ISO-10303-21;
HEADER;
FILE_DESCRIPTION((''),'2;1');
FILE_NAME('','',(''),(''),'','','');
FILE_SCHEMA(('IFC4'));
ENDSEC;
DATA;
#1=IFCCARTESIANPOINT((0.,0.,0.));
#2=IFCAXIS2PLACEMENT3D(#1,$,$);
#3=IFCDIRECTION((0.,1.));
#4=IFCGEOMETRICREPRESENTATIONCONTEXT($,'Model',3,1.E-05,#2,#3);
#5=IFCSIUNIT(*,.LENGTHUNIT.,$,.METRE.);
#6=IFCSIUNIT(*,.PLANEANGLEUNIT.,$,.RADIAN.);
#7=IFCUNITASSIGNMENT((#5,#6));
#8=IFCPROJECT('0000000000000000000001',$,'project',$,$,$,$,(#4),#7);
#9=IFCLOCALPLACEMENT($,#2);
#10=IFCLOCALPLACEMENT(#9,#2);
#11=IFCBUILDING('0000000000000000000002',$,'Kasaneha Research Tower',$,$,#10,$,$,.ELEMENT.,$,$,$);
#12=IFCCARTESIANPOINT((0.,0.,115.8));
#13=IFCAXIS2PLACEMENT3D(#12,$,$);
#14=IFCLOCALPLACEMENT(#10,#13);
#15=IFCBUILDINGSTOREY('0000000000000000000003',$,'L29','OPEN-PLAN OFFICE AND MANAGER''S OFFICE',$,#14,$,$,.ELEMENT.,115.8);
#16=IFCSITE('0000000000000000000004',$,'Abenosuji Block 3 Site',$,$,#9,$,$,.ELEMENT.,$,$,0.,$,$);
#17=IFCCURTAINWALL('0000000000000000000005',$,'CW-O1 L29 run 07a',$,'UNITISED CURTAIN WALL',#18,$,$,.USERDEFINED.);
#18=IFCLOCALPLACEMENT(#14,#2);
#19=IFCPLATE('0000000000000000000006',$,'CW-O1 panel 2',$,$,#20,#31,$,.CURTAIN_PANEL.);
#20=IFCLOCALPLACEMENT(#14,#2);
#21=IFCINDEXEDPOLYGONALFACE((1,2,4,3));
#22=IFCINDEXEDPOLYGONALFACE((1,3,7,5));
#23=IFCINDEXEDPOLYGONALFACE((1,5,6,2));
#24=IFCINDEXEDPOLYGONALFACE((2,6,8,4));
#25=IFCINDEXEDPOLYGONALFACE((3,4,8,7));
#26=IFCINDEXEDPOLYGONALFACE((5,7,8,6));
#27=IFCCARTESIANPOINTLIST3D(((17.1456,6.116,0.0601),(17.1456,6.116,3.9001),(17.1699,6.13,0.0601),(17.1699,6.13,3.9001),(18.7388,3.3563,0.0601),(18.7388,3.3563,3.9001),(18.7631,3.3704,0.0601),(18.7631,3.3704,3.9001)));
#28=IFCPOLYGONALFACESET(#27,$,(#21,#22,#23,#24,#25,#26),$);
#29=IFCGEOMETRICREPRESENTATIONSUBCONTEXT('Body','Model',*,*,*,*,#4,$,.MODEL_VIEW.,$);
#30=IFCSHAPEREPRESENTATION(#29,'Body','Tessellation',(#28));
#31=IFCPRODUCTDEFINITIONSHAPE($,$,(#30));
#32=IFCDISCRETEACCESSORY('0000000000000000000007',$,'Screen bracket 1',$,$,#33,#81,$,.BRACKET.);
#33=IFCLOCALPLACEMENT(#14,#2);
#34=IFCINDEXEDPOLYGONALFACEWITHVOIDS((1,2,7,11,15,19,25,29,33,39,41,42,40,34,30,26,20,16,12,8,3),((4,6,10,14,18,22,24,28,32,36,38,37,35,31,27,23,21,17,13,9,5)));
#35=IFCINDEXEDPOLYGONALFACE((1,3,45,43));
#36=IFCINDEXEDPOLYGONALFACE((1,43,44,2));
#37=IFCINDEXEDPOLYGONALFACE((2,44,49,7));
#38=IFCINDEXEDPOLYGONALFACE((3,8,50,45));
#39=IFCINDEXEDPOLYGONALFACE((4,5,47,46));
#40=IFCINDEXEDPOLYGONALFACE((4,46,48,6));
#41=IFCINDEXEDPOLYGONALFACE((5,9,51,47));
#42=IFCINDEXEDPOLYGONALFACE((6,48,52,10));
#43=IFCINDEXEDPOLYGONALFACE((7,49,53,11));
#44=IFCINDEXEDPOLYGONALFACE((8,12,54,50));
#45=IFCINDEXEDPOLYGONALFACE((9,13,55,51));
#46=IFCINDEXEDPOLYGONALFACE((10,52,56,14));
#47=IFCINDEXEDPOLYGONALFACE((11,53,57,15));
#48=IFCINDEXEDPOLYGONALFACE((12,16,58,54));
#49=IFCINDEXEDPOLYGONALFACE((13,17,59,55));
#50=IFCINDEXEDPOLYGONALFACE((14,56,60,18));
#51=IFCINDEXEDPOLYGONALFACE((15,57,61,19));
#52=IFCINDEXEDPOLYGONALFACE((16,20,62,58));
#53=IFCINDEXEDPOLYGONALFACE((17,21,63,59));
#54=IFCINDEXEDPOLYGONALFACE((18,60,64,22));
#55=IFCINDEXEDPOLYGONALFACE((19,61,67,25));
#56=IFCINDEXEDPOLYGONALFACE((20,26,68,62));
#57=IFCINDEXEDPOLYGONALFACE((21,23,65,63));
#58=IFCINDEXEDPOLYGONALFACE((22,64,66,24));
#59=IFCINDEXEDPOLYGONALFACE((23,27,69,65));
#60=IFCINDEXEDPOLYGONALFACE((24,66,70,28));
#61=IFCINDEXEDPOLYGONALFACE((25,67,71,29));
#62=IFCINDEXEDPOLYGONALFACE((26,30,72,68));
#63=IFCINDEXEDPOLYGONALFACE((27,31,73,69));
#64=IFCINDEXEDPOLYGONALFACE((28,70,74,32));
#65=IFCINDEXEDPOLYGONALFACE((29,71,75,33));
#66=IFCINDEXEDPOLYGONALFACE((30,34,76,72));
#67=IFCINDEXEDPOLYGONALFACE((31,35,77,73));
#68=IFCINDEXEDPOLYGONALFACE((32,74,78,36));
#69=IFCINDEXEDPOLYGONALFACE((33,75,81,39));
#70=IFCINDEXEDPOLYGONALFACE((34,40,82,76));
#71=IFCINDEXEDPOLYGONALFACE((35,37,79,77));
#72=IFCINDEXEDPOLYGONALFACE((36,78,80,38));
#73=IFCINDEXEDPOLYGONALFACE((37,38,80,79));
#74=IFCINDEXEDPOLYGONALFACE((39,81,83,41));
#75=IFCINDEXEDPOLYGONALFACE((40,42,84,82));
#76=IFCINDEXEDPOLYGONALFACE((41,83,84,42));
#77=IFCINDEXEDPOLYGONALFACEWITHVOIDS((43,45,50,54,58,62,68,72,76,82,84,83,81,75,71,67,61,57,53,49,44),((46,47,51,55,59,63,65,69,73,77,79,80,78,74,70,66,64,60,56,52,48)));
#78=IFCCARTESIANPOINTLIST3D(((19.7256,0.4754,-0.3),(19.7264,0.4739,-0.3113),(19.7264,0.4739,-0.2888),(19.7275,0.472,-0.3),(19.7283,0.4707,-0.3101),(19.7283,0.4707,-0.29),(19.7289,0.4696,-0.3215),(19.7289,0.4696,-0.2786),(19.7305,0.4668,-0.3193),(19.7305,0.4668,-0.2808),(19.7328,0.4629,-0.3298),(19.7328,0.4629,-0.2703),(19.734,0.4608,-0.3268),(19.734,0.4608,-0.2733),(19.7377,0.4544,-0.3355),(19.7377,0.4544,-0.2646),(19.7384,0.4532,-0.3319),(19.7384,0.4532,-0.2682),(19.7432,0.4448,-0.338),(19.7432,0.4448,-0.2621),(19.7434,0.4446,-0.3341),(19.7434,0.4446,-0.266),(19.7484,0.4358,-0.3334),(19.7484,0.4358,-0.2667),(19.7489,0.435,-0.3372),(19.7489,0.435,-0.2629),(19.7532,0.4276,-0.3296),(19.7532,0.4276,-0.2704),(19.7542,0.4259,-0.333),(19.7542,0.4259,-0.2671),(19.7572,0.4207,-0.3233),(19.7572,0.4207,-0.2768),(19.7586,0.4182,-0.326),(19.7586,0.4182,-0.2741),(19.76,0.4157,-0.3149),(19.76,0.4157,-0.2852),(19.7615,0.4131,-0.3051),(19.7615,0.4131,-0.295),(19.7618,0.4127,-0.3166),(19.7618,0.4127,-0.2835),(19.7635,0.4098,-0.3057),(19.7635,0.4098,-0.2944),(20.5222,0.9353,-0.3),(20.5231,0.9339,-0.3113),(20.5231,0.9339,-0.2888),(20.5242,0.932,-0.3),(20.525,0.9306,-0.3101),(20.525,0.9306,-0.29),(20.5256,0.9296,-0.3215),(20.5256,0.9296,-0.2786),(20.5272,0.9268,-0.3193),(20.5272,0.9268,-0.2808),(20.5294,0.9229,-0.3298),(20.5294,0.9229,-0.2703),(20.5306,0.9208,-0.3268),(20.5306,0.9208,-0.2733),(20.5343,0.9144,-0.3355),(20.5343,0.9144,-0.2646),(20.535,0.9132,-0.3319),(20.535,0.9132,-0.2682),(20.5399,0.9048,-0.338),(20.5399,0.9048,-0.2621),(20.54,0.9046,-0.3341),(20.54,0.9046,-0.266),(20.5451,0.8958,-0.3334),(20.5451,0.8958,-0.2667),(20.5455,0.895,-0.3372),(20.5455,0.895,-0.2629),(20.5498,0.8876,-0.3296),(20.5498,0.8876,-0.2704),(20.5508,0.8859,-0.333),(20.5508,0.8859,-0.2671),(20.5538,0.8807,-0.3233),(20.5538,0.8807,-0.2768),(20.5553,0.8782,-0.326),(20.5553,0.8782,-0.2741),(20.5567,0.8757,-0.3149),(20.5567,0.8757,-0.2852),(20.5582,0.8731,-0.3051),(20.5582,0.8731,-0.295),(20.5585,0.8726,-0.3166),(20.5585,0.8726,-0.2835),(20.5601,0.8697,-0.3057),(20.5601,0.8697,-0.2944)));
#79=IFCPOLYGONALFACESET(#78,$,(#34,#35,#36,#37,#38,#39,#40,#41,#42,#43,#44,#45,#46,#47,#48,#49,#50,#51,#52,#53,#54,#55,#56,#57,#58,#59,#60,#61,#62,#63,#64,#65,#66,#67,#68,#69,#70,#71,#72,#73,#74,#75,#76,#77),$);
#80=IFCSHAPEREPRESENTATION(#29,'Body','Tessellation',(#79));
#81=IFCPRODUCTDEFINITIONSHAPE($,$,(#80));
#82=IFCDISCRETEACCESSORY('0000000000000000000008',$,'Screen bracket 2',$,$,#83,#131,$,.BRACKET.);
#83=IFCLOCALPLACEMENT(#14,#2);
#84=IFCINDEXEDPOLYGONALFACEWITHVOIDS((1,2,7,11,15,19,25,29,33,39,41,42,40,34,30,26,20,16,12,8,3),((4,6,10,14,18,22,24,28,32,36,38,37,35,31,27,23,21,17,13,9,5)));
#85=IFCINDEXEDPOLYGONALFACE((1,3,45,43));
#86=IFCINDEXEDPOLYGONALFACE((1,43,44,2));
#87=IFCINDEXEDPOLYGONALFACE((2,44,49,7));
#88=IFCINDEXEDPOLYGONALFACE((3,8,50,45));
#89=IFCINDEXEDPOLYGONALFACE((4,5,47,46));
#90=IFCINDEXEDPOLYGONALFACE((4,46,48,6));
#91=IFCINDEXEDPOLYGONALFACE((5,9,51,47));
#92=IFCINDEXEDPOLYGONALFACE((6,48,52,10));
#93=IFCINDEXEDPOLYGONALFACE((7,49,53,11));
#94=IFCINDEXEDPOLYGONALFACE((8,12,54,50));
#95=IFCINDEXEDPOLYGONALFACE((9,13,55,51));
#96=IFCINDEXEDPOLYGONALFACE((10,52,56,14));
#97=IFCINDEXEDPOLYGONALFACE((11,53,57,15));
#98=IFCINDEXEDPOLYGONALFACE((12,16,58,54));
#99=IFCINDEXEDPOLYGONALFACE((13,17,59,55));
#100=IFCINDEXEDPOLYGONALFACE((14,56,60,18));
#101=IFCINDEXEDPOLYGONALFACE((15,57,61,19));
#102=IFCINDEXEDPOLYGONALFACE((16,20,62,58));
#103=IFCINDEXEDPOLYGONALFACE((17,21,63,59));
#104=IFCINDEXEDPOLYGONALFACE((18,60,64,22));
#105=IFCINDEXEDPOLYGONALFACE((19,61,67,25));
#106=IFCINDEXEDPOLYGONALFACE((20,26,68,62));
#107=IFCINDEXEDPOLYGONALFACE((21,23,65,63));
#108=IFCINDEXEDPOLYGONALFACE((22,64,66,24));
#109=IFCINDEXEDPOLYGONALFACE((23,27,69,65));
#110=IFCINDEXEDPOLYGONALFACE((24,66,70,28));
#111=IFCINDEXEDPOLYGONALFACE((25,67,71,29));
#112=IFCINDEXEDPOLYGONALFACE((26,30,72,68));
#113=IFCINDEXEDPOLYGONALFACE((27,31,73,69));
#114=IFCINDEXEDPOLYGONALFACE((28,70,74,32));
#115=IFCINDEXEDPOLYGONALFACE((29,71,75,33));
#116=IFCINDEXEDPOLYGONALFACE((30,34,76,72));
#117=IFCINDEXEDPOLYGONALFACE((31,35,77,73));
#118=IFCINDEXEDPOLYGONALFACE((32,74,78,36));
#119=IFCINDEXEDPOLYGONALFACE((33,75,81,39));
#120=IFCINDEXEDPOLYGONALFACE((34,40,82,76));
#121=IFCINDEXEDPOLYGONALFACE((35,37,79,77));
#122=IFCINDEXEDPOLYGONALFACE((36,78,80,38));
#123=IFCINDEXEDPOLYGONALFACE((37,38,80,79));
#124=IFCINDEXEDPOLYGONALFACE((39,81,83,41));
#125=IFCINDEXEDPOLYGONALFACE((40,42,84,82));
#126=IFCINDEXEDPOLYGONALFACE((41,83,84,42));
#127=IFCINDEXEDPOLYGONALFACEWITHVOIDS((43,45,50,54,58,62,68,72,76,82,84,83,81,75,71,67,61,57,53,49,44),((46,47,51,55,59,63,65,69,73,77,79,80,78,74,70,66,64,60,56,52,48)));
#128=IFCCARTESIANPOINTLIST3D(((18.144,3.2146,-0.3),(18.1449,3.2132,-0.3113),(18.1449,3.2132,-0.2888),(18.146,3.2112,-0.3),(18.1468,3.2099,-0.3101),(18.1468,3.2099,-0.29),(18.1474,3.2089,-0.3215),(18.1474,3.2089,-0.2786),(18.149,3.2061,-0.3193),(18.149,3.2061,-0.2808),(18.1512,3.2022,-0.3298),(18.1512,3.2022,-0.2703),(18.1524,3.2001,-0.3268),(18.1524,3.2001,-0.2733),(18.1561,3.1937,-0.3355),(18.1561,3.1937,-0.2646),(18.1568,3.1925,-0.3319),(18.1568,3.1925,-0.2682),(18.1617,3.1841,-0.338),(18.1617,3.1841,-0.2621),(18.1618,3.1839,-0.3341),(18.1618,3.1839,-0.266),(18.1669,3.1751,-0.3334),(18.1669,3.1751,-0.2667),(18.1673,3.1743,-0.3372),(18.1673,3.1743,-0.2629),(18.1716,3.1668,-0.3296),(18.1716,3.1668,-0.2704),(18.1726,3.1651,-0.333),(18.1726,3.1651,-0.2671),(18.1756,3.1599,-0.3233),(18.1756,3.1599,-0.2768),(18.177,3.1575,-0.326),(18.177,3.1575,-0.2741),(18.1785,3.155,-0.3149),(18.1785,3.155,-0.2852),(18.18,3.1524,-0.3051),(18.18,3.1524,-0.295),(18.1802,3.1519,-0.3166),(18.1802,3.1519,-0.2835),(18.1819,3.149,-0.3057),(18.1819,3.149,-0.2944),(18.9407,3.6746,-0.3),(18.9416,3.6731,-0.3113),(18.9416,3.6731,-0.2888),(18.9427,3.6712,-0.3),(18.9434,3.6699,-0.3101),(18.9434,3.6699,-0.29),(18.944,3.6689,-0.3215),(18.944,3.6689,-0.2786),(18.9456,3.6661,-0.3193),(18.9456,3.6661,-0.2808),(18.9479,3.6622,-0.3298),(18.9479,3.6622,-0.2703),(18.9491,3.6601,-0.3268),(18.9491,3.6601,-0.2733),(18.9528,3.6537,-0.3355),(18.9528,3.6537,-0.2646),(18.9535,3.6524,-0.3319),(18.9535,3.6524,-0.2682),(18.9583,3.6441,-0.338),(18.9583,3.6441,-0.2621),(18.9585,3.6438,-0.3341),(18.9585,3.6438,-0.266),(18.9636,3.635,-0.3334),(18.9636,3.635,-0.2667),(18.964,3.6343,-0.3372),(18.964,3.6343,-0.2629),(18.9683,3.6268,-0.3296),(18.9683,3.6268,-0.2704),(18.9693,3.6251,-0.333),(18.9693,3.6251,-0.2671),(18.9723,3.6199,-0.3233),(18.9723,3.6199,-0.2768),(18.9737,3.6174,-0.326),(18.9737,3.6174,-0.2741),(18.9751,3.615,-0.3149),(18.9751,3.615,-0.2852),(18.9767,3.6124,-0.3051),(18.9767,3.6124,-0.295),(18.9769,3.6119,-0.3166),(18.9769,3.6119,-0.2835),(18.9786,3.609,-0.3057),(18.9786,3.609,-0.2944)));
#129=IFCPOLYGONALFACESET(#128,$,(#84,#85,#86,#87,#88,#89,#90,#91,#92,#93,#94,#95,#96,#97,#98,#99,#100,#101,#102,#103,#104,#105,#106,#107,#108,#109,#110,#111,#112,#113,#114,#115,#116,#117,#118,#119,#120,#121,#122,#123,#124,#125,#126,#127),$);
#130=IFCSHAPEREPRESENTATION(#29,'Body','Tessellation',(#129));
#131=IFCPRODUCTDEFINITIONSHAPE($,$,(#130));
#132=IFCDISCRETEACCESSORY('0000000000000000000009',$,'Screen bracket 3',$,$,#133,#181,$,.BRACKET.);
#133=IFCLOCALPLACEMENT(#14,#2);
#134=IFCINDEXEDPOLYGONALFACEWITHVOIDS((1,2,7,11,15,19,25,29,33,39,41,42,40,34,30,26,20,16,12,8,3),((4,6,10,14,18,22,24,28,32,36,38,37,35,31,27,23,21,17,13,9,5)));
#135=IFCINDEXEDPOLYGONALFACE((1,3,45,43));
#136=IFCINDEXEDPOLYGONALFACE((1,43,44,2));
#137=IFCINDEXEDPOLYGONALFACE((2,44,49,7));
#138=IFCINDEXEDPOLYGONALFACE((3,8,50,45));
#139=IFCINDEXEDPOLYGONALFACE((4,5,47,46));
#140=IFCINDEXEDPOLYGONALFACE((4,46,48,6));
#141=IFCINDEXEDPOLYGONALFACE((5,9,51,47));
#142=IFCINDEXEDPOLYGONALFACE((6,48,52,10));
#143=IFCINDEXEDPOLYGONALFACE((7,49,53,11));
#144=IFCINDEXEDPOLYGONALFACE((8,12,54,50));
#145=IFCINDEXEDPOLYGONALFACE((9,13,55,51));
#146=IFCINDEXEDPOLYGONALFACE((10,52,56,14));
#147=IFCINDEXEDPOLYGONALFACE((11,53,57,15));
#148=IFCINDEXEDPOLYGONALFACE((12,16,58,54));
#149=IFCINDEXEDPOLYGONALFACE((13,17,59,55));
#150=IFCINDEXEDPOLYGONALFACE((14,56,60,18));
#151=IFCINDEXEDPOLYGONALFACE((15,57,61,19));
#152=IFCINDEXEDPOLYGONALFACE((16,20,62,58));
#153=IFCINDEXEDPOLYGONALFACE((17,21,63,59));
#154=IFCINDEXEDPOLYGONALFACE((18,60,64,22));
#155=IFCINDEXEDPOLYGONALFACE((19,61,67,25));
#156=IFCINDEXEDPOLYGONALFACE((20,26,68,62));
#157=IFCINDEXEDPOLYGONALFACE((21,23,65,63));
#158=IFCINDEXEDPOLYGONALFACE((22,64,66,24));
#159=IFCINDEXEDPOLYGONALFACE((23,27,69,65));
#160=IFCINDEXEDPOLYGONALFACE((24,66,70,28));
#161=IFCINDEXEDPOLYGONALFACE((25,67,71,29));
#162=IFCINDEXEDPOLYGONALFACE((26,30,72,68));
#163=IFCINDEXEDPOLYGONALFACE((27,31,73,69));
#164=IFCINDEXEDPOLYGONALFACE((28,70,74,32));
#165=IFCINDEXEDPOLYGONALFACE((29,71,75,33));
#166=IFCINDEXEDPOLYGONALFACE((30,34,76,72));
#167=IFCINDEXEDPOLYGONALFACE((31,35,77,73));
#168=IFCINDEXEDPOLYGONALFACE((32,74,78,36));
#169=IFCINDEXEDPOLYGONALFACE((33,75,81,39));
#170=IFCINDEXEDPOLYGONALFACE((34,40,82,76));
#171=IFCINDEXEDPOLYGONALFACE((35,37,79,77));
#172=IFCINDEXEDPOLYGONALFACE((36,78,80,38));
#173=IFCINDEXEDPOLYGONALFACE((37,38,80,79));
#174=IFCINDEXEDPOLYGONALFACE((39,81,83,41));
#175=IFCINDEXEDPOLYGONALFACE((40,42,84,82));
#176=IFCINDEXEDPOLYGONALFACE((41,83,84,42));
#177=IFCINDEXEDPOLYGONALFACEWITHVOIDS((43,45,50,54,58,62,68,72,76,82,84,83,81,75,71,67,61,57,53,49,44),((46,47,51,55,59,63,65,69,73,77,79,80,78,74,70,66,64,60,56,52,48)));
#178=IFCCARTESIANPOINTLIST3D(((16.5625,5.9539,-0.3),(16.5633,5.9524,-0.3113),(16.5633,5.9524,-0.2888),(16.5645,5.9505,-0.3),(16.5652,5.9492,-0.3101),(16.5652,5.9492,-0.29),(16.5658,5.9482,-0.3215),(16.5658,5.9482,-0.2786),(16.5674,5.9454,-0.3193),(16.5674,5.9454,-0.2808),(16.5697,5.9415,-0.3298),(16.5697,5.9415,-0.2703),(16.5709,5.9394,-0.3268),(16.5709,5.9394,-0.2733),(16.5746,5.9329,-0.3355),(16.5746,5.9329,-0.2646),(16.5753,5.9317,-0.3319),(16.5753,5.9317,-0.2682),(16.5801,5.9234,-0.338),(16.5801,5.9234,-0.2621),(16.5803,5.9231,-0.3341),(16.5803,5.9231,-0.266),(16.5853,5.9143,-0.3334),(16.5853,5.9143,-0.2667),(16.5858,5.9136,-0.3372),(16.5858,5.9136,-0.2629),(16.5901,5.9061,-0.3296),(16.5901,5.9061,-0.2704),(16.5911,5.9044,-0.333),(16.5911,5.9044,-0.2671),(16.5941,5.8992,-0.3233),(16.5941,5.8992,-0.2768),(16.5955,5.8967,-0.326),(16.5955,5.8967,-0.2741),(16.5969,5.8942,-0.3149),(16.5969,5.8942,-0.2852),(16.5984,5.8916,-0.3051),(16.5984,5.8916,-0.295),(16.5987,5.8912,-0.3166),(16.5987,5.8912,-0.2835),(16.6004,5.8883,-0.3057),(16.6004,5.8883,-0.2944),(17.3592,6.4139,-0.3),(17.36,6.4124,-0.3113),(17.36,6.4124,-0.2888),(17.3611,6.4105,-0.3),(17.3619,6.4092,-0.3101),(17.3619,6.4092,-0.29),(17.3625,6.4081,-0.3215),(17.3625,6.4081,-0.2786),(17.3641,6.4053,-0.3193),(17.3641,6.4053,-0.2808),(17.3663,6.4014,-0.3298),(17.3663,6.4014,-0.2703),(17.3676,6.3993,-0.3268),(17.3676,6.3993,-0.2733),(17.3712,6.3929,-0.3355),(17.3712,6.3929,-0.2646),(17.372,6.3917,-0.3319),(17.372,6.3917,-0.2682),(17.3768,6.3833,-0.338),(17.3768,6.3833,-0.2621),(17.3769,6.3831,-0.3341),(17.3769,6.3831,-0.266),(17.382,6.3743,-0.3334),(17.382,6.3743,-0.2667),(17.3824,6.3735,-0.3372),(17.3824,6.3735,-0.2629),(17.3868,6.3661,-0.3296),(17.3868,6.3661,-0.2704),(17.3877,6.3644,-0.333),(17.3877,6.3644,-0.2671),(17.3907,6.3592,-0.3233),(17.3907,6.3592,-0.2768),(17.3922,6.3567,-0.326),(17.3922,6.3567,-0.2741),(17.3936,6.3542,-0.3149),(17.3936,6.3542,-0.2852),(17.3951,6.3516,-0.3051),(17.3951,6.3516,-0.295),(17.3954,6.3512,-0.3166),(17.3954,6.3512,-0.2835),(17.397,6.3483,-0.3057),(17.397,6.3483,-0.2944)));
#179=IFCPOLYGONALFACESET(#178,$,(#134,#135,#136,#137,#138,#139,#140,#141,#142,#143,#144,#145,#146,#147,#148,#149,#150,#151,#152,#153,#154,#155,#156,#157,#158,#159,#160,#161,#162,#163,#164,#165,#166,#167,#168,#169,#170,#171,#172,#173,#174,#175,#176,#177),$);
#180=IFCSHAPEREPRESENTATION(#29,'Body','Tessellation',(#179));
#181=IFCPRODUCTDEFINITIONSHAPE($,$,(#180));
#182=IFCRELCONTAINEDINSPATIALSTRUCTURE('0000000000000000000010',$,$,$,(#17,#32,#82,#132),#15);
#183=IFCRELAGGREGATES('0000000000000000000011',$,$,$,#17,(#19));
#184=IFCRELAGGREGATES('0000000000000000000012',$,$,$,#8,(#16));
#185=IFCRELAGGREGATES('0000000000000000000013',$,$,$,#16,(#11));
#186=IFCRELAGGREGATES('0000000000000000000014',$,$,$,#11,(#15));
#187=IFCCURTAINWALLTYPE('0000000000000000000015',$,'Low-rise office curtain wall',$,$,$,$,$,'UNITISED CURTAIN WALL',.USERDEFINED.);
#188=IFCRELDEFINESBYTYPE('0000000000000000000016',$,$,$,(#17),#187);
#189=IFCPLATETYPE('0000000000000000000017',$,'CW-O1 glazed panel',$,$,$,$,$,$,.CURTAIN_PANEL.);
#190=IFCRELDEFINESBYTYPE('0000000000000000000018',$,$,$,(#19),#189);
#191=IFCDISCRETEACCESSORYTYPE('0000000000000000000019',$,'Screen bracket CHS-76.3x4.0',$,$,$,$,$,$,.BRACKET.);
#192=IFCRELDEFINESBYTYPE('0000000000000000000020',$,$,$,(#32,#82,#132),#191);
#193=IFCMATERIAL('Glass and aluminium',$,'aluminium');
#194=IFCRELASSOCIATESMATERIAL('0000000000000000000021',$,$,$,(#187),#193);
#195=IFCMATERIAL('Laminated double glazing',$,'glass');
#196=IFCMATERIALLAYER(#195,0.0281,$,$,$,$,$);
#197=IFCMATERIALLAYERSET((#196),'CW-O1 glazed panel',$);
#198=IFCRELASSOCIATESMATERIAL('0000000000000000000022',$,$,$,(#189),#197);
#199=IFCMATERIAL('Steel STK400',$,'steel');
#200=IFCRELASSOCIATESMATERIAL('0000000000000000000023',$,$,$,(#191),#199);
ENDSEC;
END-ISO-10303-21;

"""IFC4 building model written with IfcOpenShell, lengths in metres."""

from ifc_helpers import new_model, si_unit, direction, frame, origin, origin_2d, place, context, subcontext, project, spatial, rectangle, hollow_circle, extrude, material, layer, layer_set, material_profile, profile_set, type_object, element, aggregate, save


model = new_model("IFC4")

# Units and contexts
model_context = context("Model", 3, precision=1e-05, world=origin(), true_north=direction((0.0, 1.0)))
body_context = subcontext(model_context, "Body", "Model", "MODEL_VIEW")
ifc_project = project(units=[si_unit("LENGTHUNIT", "METRE"), si_unit("PLANEANGLEUNIT", "RADIAN")], contexts=[model_context])

# Site, building, storey
site_placement = place(None, origin())
site = spatial("IfcSite", under=ifc_project, at=site_placement, Name="Abenosuji Block 3 Site", CompositionType="ELEMENT", RefElevation=0.0)
building_placement = place(site_placement, origin())
building = spatial("IfcBuilding", under=site, at=building_placement, Name="Kasaneha Research Tower", CompositionType="ELEMENT")
storey_placement = place(building_placement, frame((0.0, 0.0, 115.8)))
storey = spatial("IfcBuildingStorey", under=building, at=storey_placement, Name="L29", Description="OPEN-PLAN OFFICE AND MANAGER'S OFFICE", CompositionType="ELEMENT", Elevation=115.8)

# Shared definitions
ifc_material_1 = material(Name="Glass and aluminium", Category="aluminium")
curtain_wall_type = type_object("IfcCurtainWallType", Name="Low-rise office curtain wall", ElementType="UNITISED CURTAIN WALL", PredefinedType="USERDEFINED", material=ifc_material_1)

# Curtain wall
curtain_wall_1_placement = place(storey_placement, origin())
curtain_wall_1 = element("IfcCurtainWall", 1, at=curtain_wall_1_placement, inside=storey, type_object=curtain_wall_type, Name="CW-O1 L29 run 07a", ObjectType="UNITISED CURTAIN WALL", PredefinedType="USERDEFINED")

# Plate
ifc_material_2 = material(Name="Laminated double glazing", Category="glass")
ifc_layer = layer(ifc_material_2, 0.0281)
ifc_layer_set = layer_set([ifc_layer], Name="CW-O1 glazed panel")
plate_type = type_object("IfcPlateType", Name="CW-O1 glazed panel", PredefinedType="CURTAIN_PANEL", material=ifc_layer_set)
plate_1_placement = place(storey_placement, frame((17.9543, 4.7432, 0.0601), z_axis=(0.0, 0.0, 1.0), x_axis=(-0.5, 0.866025, 0.0)))
plate_1 = element("IfcPlate", 2, at=plate_1_placement, type_object=plate_type, Name="CW-O1 panel 2", PredefinedType="CURTAIN_PANEL", context=body_context, shape_type="SweptSolid", body=[
    extrude(rectangle(XDim=3.1865, YDim=0.0281, at=origin_2d()), origin(), (0.0, 0.0, 1.0), 3.8401),
])
aggregate(curtain_wall_1, [plate_1])

# Discrete accessories
ifc_material_3 = material(Name="Steel STK400", Category="steel")
ifc_material_profile_1 = material_profile(ifc_material_3, hollow_circle(Radius=0.0381, WallThickness=0.0039, at=origin_2d()), Name="CHS-76.3x4.0")
ifc_profile_set_1 = profile_set([ifc_material_profile_1], Name="Steel STK400")
discrete_accessory_type = type_object("IfcDiscreteAccessoryType", Name="Screen bracket CHS-76.3x4.0", PredefinedType="BRACKET", material=ifc_profile_set_1)
for number, where, z_axis, x_axis, name in (
    (3, (19.7446, 0.4424, -0.3), (0.866013, 0.500021, 0.0), (-0.500021, 0.866013, 0.0), "Screen bracket 1"),
    (4, (18.1631, 3.1816, -0.3), (0.866013, 0.500021, 0.0), (-0.500021, 0.866013, 0.0), "Screen bracket 2"),
    (5, (16.5815, 5.9209, -0.3), (0.866013, 0.500021, 0.0), (-0.500021, 0.866013, 0.0), "Screen bracket 3"),
):
    element("IfcDiscreteAccessory", number, at=place(storey_placement, frame(where, z_axis=z_axis, x_axis=x_axis)), inside=storey, type_object=discrete_accessory_type, Name=name, PredefinedType="BRACKET", context=body_context, shape_type="SweptSolid", body=[
        extrude(hollow_circle(Radius=0.0381, WallThickness=0.0039, at=origin_2d()), origin(), (0.0, 0.0, 1.0), 0.9199),
    ])

save(model, "model.ifc")
